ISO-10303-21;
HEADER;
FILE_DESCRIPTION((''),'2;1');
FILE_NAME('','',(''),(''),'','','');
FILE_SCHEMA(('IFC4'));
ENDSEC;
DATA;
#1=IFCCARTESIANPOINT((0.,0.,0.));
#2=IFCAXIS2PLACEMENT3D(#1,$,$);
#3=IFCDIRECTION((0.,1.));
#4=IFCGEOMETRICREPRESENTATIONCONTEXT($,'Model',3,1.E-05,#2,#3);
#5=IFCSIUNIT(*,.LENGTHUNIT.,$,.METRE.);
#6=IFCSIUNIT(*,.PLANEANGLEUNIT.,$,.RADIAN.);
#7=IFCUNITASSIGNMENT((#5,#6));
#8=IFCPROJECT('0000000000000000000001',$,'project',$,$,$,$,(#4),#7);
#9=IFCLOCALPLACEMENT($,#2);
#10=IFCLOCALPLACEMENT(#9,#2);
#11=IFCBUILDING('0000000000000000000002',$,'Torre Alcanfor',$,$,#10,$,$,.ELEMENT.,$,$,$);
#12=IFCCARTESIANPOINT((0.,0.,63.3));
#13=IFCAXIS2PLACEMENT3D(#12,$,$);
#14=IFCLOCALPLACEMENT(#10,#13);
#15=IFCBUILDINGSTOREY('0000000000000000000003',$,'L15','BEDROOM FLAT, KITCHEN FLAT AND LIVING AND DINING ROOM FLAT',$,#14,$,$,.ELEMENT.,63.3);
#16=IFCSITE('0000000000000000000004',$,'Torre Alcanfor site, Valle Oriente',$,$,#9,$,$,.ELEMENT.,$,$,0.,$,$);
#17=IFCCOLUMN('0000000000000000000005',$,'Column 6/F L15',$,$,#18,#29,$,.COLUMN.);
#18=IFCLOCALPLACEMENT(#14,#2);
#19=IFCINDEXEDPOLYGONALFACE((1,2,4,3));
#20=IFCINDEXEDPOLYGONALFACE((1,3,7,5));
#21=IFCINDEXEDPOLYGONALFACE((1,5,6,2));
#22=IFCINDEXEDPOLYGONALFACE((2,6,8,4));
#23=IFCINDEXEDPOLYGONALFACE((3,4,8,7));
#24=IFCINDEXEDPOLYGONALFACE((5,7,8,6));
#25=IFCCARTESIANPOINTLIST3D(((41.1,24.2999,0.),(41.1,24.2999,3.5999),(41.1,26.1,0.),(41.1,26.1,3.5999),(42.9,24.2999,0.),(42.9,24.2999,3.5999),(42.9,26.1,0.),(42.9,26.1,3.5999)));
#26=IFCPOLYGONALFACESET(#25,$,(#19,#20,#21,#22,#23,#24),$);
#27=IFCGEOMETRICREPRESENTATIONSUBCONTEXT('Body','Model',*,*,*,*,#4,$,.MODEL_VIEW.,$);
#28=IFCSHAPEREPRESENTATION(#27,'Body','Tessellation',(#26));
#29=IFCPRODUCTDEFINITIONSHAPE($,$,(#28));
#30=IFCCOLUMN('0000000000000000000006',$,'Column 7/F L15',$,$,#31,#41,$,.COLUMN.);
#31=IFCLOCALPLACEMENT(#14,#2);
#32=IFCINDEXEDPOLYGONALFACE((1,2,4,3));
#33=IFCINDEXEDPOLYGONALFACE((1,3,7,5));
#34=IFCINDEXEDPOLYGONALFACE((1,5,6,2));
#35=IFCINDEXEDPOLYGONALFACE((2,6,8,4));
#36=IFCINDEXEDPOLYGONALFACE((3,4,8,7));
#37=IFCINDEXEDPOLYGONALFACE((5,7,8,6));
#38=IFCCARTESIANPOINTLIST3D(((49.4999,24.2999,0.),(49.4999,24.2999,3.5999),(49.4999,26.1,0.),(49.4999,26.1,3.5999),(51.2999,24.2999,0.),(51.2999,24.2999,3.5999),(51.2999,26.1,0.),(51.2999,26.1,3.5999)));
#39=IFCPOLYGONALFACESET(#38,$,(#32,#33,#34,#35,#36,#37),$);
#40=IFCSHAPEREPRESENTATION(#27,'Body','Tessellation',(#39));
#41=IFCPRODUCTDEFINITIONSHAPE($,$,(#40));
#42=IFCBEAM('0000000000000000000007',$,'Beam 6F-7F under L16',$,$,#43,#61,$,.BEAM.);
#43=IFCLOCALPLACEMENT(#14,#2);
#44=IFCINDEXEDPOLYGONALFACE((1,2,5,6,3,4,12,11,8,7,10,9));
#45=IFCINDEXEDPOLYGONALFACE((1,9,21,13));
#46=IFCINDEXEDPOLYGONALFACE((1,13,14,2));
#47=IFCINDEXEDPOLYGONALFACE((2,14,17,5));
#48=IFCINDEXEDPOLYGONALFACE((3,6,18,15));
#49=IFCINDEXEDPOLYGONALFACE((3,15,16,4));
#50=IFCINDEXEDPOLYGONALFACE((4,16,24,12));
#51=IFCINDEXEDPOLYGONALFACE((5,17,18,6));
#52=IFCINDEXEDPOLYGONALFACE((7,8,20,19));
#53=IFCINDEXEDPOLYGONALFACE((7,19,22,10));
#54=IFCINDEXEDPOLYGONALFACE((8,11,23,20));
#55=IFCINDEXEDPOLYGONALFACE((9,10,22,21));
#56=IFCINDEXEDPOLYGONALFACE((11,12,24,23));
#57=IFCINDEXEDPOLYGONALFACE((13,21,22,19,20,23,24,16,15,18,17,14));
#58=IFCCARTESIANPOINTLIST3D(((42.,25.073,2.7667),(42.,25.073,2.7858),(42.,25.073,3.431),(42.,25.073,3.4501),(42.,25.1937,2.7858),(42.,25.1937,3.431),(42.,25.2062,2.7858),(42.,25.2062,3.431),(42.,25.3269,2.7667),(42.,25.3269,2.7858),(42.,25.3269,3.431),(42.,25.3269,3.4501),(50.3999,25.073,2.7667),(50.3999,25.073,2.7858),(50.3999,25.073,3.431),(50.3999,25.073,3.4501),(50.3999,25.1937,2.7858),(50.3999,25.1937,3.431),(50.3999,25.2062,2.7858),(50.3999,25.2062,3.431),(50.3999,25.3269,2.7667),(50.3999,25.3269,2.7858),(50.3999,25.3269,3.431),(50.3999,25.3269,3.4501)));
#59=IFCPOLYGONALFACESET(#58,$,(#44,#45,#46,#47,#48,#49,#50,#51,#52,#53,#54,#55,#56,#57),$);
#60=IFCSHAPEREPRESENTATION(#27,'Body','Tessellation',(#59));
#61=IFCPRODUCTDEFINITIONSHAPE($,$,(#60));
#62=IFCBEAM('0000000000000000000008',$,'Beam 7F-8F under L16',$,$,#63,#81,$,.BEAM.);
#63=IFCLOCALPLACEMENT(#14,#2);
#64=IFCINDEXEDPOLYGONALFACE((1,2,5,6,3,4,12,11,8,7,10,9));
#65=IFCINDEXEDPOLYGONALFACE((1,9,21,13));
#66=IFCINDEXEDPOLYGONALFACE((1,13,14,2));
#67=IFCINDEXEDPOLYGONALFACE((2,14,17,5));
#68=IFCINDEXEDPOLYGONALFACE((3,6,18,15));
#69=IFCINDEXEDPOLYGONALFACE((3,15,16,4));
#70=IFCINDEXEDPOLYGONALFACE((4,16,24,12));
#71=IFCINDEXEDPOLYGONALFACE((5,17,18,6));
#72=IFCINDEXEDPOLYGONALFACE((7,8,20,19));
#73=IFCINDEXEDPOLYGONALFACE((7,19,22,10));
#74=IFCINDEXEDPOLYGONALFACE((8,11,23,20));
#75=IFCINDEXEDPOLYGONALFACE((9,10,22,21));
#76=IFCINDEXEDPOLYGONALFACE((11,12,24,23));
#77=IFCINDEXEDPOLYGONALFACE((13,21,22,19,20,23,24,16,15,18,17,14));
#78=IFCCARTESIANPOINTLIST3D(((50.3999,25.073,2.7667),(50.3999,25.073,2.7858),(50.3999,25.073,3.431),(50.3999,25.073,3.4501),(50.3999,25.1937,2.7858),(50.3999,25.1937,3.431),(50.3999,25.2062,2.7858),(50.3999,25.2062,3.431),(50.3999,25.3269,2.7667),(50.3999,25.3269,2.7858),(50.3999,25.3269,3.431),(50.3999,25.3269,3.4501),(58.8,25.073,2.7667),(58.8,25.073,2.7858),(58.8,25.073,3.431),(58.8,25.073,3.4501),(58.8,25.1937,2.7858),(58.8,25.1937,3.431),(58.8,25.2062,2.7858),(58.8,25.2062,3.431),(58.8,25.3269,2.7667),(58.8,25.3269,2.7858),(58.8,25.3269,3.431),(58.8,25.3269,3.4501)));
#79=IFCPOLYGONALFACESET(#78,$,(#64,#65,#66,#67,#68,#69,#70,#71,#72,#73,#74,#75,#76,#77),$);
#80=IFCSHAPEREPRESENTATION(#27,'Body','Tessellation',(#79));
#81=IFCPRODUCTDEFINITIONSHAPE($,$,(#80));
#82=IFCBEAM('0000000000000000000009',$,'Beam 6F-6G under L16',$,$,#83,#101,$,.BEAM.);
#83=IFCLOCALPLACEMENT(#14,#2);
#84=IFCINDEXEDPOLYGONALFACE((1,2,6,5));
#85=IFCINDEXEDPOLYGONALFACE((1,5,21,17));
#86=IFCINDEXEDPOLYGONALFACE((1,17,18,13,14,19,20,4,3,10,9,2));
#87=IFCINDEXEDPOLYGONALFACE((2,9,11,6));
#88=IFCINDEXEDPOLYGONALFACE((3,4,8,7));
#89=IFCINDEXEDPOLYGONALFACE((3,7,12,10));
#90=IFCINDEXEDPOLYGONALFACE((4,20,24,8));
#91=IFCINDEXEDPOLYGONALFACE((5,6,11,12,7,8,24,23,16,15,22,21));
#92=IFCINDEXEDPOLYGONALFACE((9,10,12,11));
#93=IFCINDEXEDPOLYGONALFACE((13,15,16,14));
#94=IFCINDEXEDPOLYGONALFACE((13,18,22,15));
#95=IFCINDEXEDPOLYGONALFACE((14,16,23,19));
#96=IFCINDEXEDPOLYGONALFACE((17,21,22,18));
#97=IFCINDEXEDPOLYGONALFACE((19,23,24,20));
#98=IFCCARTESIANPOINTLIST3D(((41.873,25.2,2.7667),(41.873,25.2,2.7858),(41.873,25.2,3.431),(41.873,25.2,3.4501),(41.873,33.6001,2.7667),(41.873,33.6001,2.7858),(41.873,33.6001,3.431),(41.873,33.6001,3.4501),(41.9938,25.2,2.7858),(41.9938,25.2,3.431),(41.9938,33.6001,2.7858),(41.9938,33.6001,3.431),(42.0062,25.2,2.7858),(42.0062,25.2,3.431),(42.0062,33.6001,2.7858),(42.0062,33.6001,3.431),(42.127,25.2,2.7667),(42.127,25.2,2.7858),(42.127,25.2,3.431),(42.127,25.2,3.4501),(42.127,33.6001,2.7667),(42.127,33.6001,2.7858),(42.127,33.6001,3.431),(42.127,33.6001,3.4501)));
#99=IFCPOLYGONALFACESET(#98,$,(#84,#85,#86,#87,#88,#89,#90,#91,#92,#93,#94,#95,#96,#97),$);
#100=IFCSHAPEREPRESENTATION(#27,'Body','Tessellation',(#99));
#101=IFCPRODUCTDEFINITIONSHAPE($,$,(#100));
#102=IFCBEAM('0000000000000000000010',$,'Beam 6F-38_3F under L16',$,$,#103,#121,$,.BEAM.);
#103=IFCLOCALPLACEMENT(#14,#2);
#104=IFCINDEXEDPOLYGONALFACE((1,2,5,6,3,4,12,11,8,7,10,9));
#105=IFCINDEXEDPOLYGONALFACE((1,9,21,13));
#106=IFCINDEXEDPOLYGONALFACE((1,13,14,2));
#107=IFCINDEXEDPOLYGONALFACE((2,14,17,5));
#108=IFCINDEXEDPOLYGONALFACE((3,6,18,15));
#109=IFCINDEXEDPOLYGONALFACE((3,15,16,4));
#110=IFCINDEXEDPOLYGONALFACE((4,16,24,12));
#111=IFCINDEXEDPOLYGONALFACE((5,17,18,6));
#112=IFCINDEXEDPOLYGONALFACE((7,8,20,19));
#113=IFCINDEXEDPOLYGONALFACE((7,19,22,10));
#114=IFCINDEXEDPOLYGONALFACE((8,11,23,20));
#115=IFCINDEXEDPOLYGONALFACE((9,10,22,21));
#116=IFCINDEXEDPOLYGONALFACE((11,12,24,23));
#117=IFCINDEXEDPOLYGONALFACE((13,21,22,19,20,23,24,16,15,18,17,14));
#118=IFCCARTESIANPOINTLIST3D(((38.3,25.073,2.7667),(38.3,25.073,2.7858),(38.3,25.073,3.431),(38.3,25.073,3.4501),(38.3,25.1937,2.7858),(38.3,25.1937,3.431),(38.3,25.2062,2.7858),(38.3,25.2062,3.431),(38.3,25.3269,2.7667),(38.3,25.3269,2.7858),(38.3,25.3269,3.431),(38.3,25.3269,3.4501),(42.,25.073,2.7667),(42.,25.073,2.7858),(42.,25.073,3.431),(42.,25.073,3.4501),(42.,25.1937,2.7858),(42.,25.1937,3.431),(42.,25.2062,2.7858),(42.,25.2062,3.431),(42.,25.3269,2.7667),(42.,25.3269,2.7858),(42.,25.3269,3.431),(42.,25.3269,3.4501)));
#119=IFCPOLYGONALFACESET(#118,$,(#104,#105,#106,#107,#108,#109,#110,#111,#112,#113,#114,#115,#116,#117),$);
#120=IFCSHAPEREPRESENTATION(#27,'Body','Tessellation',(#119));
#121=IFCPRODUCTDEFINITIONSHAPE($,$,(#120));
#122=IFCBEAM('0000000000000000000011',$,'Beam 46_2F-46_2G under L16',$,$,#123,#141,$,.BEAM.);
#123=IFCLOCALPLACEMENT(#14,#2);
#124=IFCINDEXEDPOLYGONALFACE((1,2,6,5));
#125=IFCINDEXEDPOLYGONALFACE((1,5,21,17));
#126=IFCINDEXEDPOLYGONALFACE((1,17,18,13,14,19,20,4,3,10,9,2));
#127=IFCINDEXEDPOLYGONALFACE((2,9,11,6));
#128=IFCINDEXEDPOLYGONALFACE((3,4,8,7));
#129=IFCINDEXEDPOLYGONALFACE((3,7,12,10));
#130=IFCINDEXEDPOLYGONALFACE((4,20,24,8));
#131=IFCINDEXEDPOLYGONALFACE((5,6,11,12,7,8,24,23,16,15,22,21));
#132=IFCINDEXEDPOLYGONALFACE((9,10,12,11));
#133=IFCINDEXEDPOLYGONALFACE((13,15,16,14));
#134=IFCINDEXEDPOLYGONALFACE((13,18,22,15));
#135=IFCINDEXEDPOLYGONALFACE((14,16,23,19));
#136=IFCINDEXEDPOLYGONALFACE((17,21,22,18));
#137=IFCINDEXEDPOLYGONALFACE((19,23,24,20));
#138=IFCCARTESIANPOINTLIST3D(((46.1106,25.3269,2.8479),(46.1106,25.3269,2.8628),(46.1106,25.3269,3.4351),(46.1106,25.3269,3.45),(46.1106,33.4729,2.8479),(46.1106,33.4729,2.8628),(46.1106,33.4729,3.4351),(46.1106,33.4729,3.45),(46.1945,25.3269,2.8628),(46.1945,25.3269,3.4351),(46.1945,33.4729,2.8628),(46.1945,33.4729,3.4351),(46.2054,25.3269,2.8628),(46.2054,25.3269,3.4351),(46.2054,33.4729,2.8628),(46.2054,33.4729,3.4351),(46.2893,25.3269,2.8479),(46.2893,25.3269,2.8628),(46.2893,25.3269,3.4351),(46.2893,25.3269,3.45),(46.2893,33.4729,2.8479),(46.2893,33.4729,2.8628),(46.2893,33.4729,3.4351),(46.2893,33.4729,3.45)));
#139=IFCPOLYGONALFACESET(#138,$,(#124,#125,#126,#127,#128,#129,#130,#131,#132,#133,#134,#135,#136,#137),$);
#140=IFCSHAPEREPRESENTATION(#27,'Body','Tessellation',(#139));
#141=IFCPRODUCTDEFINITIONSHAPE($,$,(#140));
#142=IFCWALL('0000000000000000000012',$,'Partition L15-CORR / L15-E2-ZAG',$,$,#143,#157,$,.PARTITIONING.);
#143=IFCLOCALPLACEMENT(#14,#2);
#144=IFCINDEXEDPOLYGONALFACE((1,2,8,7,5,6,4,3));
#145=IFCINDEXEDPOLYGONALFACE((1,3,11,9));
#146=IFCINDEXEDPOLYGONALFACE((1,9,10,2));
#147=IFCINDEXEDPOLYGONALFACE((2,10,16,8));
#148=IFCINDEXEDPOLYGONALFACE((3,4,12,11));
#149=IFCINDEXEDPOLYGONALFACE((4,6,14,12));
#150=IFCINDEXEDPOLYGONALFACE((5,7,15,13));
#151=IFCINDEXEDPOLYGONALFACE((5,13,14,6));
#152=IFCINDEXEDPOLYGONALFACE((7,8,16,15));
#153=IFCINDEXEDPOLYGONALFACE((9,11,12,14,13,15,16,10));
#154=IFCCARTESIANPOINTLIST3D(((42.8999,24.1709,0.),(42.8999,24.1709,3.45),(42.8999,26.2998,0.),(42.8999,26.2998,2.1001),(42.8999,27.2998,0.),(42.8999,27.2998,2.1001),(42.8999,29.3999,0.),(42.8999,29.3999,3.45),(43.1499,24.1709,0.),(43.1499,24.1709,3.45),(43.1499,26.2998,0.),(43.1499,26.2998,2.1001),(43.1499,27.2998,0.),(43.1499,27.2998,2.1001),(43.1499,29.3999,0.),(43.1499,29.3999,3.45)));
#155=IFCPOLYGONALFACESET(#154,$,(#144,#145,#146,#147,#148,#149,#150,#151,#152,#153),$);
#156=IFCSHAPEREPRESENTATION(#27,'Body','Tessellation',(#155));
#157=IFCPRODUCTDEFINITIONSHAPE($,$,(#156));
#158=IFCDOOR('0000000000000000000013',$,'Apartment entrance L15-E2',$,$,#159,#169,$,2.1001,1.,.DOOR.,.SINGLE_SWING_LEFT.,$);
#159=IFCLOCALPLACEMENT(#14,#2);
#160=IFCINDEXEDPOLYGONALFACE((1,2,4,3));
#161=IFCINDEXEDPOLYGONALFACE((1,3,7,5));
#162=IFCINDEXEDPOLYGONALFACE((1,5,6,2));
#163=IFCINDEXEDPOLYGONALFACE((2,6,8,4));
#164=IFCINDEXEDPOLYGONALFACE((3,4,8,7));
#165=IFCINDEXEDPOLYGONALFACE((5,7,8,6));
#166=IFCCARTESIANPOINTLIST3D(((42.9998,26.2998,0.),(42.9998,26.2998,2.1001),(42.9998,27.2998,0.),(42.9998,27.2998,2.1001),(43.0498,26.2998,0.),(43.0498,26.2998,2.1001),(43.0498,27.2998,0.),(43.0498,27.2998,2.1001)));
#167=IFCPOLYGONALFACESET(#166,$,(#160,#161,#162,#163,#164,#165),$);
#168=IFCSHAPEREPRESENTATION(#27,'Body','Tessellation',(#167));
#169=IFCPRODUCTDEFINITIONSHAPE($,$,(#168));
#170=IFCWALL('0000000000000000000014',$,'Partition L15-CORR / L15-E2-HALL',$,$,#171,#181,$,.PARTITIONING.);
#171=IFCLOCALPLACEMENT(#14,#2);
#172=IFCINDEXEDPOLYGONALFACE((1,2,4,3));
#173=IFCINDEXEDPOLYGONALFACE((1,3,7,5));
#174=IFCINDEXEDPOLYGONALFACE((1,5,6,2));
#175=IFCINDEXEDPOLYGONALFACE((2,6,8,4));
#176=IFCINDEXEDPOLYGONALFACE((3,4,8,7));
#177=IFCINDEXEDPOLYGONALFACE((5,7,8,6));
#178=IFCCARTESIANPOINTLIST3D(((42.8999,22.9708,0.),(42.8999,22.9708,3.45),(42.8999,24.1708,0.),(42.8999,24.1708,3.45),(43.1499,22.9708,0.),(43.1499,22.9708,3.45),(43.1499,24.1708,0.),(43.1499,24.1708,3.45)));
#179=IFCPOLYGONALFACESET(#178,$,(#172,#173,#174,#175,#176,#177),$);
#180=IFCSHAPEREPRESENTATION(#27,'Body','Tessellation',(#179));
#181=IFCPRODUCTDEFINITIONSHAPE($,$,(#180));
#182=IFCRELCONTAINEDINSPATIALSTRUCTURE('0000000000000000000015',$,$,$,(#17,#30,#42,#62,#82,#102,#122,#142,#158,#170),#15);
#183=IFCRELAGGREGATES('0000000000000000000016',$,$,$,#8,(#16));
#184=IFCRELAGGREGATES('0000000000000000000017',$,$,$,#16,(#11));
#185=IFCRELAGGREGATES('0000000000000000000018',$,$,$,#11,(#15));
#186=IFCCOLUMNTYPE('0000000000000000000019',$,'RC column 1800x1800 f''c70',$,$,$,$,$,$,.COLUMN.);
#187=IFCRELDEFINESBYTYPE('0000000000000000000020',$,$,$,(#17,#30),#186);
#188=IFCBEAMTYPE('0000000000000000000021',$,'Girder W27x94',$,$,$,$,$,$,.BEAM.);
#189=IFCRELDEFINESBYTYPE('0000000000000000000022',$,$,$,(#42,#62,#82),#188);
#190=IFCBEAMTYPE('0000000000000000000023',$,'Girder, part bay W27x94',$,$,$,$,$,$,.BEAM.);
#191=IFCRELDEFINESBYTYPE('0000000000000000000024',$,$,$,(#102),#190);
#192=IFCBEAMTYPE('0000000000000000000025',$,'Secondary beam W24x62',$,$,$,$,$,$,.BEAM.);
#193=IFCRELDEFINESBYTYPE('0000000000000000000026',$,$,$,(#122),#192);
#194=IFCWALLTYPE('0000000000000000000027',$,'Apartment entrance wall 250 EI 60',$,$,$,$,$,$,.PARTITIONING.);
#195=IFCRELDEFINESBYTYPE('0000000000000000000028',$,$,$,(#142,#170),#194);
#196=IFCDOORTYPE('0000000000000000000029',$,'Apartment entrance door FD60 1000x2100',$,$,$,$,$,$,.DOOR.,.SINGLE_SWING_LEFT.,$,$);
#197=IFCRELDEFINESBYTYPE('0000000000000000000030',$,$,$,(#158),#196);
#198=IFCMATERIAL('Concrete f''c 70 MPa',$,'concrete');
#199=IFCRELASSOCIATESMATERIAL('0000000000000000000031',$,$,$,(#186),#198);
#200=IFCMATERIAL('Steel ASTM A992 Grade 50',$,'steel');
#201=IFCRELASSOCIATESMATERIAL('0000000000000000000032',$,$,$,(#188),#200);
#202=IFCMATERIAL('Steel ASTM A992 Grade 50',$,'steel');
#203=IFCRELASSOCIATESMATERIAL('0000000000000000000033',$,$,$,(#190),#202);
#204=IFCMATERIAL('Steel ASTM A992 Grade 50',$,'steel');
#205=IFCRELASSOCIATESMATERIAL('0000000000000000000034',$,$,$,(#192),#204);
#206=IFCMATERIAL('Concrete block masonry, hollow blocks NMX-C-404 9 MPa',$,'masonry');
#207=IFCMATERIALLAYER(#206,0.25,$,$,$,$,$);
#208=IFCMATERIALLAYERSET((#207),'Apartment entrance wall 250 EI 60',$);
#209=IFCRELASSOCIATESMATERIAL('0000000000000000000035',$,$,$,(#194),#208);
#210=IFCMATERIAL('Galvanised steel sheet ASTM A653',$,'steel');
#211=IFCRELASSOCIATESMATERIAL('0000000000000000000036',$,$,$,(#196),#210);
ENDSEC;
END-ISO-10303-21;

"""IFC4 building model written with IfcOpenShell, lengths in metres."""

from ifc_helpers import new_model, si_unit, direction, frame, frame_2d, origin, origin_2d, place, context, subcontext, project, spatial, rectangle, i_section, extrude, material, layer, layer_set, material_profile, profile_set, type_object, element, fill, save


model = new_model("IFC4")

# Units and contexts
model_context = context("Model", 3, precision=1e-05, world=origin(), true_north=direction((0.0, 1.0)))
body_context = subcontext(model_context, "Body", "Model", "MODEL_VIEW")
ifc_project = project(units=[si_unit("LENGTHUNIT", "METRE"), si_unit("PLANEANGLEUNIT", "RADIAN")], contexts=[model_context])

# Site, building, storey
site_placement = place(None, origin())
site = spatial("IfcSite", under=ifc_project, at=site_placement, Name="Torre Alcanfor site, Valle Oriente", CompositionType="ELEMENT", RefElevation=0.0)
building_placement = place(site_placement, origin())
building = spatial("IfcBuilding", under=site, at=building_placement, Name="Torre Alcanfor", CompositionType="ELEMENT")
storey_placement = place(building_placement, frame((0.0, 0.0, 63.3)))
storey = spatial("IfcBuildingStorey", under=building, at=storey_placement, Name="L15", Description="BEDROOM FLAT, KITCHEN FLAT AND LIVING AND DINING ROOM FLAT", CompositionType="ELEMENT", Elevation=63.3)

# Columns
ifc_material_1 = material(Name="Concrete f'c 70 MPa", Category="concrete")
ifc_material_profile_1 = material_profile(ifc_material_1, rectangle(XDim=1.8, YDim=1.8, at=origin_2d()), Name="1800x1800")
ifc_profile_set_1 = profile_set([ifc_material_profile_1], Name="Concrete f'c 70 MPa")
column_type = type_object("IfcColumnType", Name="RC column 1800x1800 f'c70", PredefinedType="COLUMN", material=ifc_profile_set_1)
for number, where, z_axis, x_axis, name in (
    (1, (42.0, 25.2, 0.0), (0.0, 0.0, 1.0), (1.0, 0.0, 0.0), "Column 6/F L15"),
    (2, (50.3999, 25.2, 0.0), (0.0, 0.0, 1.0), (1.0, 0.0, 0.0), "Column 7/F L15"),
):
    element("IfcColumn", number, at=place(storey_placement, frame(where, z_axis=z_axis, x_axis=x_axis)), inside=storey, type_object=column_type, Name=name, PredefinedType="COLUMN", context=body_context, shape_type="SweptSolid", body=[
        extrude(rectangle(XDim=1.8, YDim=1.8, at=origin_2d()), origin(), (0.0, 0.0, 1.0), 3.5999),
    ])

# Beams
ifc_material_2 = material(Name="Steel ASTM A992 Grade 50", Category="steel")
ifc_material_profile_2 = material_profile(ifc_material_2, i_section(OverallWidth=0.2539, OverallDepth=0.6833, WebThickness=0.0125, FlangeThickness=0.019, at=origin_2d()), Name="W27x94")
ifc_profile_set_2 = profile_set([ifc_material_profile_2], Name="Steel ASTM A992 Grade 50")
beam_type_1 = type_object("IfcBeamType", Name="Girder W27x94", PredefinedType="BEAM", material=ifc_profile_set_2)
beam_1_placement = place(storey_placement, frame((42.0, 25.2, 3.1084), z_axis=(1.0, 0.0, 0.0), x_axis=(0.0, 1.0, 0.0)))
element("IfcBeam", 3, at=beam_1_placement, inside=storey, type_object=beam_type_1, Name="Beam 6F-7F under L16", PredefinedType="BEAM", context=body_context, shape_type="SweptSolid", body=[
    extrude(i_section(OverallWidth=0.2539, OverallDepth=0.6833, WebThickness=0.0125, FlangeThickness=0.019, at=origin_2d()), origin(), (0.0, 0.0, 1.0), 8.3999),
])
for number, where, z_axis, x_axis, name in (
    (4, (50.3999, 25.2, 3.1084), (1.0, 0.0, 0.0), (0.0, 1.0, 0.0), "Beam 7F-8F under L16"),
    (5, (42.0, 25.2, 3.1084), (0.0, 1.0, 0.0), (-1.0, 0.0, 0.0), "Beam 6F-6G under L16"),
):
    element("IfcBeam", number, at=place(storey_placement, frame(where, z_axis=z_axis, x_axis=x_axis)), inside=storey, type_object=beam_type_1, Name=name, PredefinedType="BEAM", context=body_context, shape_type="SweptSolid", body=[
        extrude(i_section(OverallWidth=0.2539, OverallDepth=0.6833, WebThickness=0.0125, FlangeThickness=0.019, at=origin_2d()), origin(), (0.0, 0.0, 1.0), 8.4001),
    ])
ifc_material_3 = material(Name="Steel ASTM A992 Grade 50", Category="steel")
ifc_material_profile_3 = material_profile(ifc_material_3, i_section(OverallWidth=0.2539, OverallDepth=0.6833, WebThickness=0.0125, FlangeThickness=0.019, at=origin_2d()), Name="W27x94")
ifc_profile_set_3 = profile_set([ifc_material_profile_3], Name="Steel ASTM A992 Grade 50")
beam_type_2 = type_object("IfcBeamType", Name="Girder, part bay W27x94", PredefinedType="BEAM", material=ifc_profile_set_3)
beam_2_placement = place(storey_placement, frame((42.0, 25.2, 3.1084), z_axis=(-1.0, 0.0, 0.0), x_axis=(0.0, -1.0, 0.0)))
element("IfcBeam", 6, at=beam_2_placement, inside=storey, type_object=beam_type_2, Name="Beam 6F-38_3F under L16", PredefinedType="BEAM", context=body_context, shape_type="SweptSolid", body=[
    extrude(i_section(OverallWidth=0.2539, OverallDepth=0.6833, WebThickness=0.0125, FlangeThickness=0.019, at=origin_2d()), origin(), (0.0, 0.0, 1.0), 3.7),
])
ifc_material_4 = material(Name="Steel ASTM A992 Grade 50", Category="steel")
ifc_material_profile_4 = material_profile(ifc_material_4, i_section(OverallWidth=0.1787, OverallDepth=0.6021, WebThickness=0.011, FlangeThickness=0.0149, at=origin_2d()), Name="W24x62")
ifc_profile_set_4 = profile_set([ifc_material_profile_4], Name="Steel ASTM A992 Grade 50")
beam_type_3 = type_object("IfcBeamType", Name="Secondary beam W24x62", PredefinedType="BEAM", material=ifc_profile_set_4)
beam_3_placement = place(storey_placement, frame((46.2, 25.3269, 3.1489), z_axis=(0.0, 1.0, 0.0), x_axis=(-1.0, 0.0, 0.0)))
element("IfcBeam", 7, at=beam_3_placement, inside=storey, type_object=beam_type_3, Name="Beam 46_2F-46_2G under L16", PredefinedType="BEAM", context=body_context, shape_type="SweptSolid", body=[
    extrude(i_section(OverallWidth=0.1787, OverallDepth=0.6021, WebThickness=0.011, FlangeThickness=0.0149, at=origin_2d()), origin(), (0.0, 0.0, 1.0), 8.146),
])

# Wall, opening, door
ifc_material_5 = material(Name="Concrete block masonry, hollow blocks NMX-C-404 9 MPa", Category="masonry")
ifc_layer_1 = layer(ifc_material_5, 0.25)
ifc_layer_set_1 = layer_set([ifc_layer_1], Name="Apartment entrance wall 250 EI 60")
wall_type_1 = type_object("IfcWallType", Name="Apartment entrance wall 250 EI 60", PredefinedType="PARTITIONING", material=ifc_layer_set_1)
wall_1_placement = place(storey_placement, frame((43.0249, 29.3999, 0.0), z_axis=(0.0, 0.0, 1.0), x_axis=(0.0, -1.0, 0.0)))
wall_1 = element("IfcWall", 8, at=wall_1_placement, inside=storey, type_object=wall_type_1, Name="Partition L15-CORR / L15-E2-ZAG", PredefinedType="PARTITIONING", context=body_context, shape_type="SweptSolid", body=[
    extrude(rectangle(XDim=5.229, YDim=0.25, at=frame_2d((2.6145, 0.0))), origin(), (0.0, 0.0, 1.0), 3.45),
])
opening_1_placement = place(wall_1_placement, frame((2.1001, 0.0, 0.0)))
opening_1 = element("IfcOpeningElement", 9, at=opening_1_placement, cuts=wall_1, PredefinedType="OPENING", context=body_context, shape_type="SweptSolid", body=[
    extrude(rectangle(XDim=1.0, YDim=2.1001, at=frame_2d((0.5, 1.05))), frame((0.0, 0.135, 0.0), z_axis=(0.0, -1.0, 0.0), x_axis=(1.0, 0.0, 0.0)), (0.0, 0.0, 1.0), 0.27),
])
ifc_material_6 = material(Name="Galvanised steel sheet ASTM A653", Category="steel")
door_type_1 = type_object("IfcDoorType", Name="Apartment entrance door FD60 1000x2100", OperationType="SINGLE_SWING_LEFT", PredefinedType="DOOR", material=ifc_material_6)
door_1_placement = place(opening_1_placement, origin())
door_1 = element("IfcDoor", 10, at=door_1_placement, inside=storey, type_object=door_type_1, Name="Apartment entrance L15-E2", OperationType="SINGLE_SWING_LEFT", OverallHeight=2.1001, OverallWidth=1.0, PredefinedType="DOOR", context=body_context, shape_type="SweptSolid", body=[
    extrude(rectangle(XDim=1.0, YDim=2.1001, at=frame_2d((0.5, 1.05))), frame((0.0, 0.0249, 0.0), z_axis=(0.0, -1.0, 0.0), x_axis=(1.0, 0.0, 0.0)), (0.0, 0.0, 1.0), 0.05),
])
fill(opening_1, door_1)

# Wall
wall_2_placement = place(storey_placement, frame((43.0249, 24.1709, 0.0), z_axis=(0.0, 0.0, 1.0), x_axis=(0.0, -1.0, 0.0)))
element("IfcWall", 11, at=wall_2_placement, inside=storey, type_object=wall_type_1, Name="Partition L15-CORR / L15-E2-HALL", PredefinedType="PARTITIONING", context=body_context, shape_type="SweptSolid", body=[
    extrude(rectangle(XDim=1.2, YDim=0.25, at=frame_2d((0.6001, 0.0))), origin(), (0.0, 0.0, 1.0), 3.45),
])

save(model, "model.ifc")
